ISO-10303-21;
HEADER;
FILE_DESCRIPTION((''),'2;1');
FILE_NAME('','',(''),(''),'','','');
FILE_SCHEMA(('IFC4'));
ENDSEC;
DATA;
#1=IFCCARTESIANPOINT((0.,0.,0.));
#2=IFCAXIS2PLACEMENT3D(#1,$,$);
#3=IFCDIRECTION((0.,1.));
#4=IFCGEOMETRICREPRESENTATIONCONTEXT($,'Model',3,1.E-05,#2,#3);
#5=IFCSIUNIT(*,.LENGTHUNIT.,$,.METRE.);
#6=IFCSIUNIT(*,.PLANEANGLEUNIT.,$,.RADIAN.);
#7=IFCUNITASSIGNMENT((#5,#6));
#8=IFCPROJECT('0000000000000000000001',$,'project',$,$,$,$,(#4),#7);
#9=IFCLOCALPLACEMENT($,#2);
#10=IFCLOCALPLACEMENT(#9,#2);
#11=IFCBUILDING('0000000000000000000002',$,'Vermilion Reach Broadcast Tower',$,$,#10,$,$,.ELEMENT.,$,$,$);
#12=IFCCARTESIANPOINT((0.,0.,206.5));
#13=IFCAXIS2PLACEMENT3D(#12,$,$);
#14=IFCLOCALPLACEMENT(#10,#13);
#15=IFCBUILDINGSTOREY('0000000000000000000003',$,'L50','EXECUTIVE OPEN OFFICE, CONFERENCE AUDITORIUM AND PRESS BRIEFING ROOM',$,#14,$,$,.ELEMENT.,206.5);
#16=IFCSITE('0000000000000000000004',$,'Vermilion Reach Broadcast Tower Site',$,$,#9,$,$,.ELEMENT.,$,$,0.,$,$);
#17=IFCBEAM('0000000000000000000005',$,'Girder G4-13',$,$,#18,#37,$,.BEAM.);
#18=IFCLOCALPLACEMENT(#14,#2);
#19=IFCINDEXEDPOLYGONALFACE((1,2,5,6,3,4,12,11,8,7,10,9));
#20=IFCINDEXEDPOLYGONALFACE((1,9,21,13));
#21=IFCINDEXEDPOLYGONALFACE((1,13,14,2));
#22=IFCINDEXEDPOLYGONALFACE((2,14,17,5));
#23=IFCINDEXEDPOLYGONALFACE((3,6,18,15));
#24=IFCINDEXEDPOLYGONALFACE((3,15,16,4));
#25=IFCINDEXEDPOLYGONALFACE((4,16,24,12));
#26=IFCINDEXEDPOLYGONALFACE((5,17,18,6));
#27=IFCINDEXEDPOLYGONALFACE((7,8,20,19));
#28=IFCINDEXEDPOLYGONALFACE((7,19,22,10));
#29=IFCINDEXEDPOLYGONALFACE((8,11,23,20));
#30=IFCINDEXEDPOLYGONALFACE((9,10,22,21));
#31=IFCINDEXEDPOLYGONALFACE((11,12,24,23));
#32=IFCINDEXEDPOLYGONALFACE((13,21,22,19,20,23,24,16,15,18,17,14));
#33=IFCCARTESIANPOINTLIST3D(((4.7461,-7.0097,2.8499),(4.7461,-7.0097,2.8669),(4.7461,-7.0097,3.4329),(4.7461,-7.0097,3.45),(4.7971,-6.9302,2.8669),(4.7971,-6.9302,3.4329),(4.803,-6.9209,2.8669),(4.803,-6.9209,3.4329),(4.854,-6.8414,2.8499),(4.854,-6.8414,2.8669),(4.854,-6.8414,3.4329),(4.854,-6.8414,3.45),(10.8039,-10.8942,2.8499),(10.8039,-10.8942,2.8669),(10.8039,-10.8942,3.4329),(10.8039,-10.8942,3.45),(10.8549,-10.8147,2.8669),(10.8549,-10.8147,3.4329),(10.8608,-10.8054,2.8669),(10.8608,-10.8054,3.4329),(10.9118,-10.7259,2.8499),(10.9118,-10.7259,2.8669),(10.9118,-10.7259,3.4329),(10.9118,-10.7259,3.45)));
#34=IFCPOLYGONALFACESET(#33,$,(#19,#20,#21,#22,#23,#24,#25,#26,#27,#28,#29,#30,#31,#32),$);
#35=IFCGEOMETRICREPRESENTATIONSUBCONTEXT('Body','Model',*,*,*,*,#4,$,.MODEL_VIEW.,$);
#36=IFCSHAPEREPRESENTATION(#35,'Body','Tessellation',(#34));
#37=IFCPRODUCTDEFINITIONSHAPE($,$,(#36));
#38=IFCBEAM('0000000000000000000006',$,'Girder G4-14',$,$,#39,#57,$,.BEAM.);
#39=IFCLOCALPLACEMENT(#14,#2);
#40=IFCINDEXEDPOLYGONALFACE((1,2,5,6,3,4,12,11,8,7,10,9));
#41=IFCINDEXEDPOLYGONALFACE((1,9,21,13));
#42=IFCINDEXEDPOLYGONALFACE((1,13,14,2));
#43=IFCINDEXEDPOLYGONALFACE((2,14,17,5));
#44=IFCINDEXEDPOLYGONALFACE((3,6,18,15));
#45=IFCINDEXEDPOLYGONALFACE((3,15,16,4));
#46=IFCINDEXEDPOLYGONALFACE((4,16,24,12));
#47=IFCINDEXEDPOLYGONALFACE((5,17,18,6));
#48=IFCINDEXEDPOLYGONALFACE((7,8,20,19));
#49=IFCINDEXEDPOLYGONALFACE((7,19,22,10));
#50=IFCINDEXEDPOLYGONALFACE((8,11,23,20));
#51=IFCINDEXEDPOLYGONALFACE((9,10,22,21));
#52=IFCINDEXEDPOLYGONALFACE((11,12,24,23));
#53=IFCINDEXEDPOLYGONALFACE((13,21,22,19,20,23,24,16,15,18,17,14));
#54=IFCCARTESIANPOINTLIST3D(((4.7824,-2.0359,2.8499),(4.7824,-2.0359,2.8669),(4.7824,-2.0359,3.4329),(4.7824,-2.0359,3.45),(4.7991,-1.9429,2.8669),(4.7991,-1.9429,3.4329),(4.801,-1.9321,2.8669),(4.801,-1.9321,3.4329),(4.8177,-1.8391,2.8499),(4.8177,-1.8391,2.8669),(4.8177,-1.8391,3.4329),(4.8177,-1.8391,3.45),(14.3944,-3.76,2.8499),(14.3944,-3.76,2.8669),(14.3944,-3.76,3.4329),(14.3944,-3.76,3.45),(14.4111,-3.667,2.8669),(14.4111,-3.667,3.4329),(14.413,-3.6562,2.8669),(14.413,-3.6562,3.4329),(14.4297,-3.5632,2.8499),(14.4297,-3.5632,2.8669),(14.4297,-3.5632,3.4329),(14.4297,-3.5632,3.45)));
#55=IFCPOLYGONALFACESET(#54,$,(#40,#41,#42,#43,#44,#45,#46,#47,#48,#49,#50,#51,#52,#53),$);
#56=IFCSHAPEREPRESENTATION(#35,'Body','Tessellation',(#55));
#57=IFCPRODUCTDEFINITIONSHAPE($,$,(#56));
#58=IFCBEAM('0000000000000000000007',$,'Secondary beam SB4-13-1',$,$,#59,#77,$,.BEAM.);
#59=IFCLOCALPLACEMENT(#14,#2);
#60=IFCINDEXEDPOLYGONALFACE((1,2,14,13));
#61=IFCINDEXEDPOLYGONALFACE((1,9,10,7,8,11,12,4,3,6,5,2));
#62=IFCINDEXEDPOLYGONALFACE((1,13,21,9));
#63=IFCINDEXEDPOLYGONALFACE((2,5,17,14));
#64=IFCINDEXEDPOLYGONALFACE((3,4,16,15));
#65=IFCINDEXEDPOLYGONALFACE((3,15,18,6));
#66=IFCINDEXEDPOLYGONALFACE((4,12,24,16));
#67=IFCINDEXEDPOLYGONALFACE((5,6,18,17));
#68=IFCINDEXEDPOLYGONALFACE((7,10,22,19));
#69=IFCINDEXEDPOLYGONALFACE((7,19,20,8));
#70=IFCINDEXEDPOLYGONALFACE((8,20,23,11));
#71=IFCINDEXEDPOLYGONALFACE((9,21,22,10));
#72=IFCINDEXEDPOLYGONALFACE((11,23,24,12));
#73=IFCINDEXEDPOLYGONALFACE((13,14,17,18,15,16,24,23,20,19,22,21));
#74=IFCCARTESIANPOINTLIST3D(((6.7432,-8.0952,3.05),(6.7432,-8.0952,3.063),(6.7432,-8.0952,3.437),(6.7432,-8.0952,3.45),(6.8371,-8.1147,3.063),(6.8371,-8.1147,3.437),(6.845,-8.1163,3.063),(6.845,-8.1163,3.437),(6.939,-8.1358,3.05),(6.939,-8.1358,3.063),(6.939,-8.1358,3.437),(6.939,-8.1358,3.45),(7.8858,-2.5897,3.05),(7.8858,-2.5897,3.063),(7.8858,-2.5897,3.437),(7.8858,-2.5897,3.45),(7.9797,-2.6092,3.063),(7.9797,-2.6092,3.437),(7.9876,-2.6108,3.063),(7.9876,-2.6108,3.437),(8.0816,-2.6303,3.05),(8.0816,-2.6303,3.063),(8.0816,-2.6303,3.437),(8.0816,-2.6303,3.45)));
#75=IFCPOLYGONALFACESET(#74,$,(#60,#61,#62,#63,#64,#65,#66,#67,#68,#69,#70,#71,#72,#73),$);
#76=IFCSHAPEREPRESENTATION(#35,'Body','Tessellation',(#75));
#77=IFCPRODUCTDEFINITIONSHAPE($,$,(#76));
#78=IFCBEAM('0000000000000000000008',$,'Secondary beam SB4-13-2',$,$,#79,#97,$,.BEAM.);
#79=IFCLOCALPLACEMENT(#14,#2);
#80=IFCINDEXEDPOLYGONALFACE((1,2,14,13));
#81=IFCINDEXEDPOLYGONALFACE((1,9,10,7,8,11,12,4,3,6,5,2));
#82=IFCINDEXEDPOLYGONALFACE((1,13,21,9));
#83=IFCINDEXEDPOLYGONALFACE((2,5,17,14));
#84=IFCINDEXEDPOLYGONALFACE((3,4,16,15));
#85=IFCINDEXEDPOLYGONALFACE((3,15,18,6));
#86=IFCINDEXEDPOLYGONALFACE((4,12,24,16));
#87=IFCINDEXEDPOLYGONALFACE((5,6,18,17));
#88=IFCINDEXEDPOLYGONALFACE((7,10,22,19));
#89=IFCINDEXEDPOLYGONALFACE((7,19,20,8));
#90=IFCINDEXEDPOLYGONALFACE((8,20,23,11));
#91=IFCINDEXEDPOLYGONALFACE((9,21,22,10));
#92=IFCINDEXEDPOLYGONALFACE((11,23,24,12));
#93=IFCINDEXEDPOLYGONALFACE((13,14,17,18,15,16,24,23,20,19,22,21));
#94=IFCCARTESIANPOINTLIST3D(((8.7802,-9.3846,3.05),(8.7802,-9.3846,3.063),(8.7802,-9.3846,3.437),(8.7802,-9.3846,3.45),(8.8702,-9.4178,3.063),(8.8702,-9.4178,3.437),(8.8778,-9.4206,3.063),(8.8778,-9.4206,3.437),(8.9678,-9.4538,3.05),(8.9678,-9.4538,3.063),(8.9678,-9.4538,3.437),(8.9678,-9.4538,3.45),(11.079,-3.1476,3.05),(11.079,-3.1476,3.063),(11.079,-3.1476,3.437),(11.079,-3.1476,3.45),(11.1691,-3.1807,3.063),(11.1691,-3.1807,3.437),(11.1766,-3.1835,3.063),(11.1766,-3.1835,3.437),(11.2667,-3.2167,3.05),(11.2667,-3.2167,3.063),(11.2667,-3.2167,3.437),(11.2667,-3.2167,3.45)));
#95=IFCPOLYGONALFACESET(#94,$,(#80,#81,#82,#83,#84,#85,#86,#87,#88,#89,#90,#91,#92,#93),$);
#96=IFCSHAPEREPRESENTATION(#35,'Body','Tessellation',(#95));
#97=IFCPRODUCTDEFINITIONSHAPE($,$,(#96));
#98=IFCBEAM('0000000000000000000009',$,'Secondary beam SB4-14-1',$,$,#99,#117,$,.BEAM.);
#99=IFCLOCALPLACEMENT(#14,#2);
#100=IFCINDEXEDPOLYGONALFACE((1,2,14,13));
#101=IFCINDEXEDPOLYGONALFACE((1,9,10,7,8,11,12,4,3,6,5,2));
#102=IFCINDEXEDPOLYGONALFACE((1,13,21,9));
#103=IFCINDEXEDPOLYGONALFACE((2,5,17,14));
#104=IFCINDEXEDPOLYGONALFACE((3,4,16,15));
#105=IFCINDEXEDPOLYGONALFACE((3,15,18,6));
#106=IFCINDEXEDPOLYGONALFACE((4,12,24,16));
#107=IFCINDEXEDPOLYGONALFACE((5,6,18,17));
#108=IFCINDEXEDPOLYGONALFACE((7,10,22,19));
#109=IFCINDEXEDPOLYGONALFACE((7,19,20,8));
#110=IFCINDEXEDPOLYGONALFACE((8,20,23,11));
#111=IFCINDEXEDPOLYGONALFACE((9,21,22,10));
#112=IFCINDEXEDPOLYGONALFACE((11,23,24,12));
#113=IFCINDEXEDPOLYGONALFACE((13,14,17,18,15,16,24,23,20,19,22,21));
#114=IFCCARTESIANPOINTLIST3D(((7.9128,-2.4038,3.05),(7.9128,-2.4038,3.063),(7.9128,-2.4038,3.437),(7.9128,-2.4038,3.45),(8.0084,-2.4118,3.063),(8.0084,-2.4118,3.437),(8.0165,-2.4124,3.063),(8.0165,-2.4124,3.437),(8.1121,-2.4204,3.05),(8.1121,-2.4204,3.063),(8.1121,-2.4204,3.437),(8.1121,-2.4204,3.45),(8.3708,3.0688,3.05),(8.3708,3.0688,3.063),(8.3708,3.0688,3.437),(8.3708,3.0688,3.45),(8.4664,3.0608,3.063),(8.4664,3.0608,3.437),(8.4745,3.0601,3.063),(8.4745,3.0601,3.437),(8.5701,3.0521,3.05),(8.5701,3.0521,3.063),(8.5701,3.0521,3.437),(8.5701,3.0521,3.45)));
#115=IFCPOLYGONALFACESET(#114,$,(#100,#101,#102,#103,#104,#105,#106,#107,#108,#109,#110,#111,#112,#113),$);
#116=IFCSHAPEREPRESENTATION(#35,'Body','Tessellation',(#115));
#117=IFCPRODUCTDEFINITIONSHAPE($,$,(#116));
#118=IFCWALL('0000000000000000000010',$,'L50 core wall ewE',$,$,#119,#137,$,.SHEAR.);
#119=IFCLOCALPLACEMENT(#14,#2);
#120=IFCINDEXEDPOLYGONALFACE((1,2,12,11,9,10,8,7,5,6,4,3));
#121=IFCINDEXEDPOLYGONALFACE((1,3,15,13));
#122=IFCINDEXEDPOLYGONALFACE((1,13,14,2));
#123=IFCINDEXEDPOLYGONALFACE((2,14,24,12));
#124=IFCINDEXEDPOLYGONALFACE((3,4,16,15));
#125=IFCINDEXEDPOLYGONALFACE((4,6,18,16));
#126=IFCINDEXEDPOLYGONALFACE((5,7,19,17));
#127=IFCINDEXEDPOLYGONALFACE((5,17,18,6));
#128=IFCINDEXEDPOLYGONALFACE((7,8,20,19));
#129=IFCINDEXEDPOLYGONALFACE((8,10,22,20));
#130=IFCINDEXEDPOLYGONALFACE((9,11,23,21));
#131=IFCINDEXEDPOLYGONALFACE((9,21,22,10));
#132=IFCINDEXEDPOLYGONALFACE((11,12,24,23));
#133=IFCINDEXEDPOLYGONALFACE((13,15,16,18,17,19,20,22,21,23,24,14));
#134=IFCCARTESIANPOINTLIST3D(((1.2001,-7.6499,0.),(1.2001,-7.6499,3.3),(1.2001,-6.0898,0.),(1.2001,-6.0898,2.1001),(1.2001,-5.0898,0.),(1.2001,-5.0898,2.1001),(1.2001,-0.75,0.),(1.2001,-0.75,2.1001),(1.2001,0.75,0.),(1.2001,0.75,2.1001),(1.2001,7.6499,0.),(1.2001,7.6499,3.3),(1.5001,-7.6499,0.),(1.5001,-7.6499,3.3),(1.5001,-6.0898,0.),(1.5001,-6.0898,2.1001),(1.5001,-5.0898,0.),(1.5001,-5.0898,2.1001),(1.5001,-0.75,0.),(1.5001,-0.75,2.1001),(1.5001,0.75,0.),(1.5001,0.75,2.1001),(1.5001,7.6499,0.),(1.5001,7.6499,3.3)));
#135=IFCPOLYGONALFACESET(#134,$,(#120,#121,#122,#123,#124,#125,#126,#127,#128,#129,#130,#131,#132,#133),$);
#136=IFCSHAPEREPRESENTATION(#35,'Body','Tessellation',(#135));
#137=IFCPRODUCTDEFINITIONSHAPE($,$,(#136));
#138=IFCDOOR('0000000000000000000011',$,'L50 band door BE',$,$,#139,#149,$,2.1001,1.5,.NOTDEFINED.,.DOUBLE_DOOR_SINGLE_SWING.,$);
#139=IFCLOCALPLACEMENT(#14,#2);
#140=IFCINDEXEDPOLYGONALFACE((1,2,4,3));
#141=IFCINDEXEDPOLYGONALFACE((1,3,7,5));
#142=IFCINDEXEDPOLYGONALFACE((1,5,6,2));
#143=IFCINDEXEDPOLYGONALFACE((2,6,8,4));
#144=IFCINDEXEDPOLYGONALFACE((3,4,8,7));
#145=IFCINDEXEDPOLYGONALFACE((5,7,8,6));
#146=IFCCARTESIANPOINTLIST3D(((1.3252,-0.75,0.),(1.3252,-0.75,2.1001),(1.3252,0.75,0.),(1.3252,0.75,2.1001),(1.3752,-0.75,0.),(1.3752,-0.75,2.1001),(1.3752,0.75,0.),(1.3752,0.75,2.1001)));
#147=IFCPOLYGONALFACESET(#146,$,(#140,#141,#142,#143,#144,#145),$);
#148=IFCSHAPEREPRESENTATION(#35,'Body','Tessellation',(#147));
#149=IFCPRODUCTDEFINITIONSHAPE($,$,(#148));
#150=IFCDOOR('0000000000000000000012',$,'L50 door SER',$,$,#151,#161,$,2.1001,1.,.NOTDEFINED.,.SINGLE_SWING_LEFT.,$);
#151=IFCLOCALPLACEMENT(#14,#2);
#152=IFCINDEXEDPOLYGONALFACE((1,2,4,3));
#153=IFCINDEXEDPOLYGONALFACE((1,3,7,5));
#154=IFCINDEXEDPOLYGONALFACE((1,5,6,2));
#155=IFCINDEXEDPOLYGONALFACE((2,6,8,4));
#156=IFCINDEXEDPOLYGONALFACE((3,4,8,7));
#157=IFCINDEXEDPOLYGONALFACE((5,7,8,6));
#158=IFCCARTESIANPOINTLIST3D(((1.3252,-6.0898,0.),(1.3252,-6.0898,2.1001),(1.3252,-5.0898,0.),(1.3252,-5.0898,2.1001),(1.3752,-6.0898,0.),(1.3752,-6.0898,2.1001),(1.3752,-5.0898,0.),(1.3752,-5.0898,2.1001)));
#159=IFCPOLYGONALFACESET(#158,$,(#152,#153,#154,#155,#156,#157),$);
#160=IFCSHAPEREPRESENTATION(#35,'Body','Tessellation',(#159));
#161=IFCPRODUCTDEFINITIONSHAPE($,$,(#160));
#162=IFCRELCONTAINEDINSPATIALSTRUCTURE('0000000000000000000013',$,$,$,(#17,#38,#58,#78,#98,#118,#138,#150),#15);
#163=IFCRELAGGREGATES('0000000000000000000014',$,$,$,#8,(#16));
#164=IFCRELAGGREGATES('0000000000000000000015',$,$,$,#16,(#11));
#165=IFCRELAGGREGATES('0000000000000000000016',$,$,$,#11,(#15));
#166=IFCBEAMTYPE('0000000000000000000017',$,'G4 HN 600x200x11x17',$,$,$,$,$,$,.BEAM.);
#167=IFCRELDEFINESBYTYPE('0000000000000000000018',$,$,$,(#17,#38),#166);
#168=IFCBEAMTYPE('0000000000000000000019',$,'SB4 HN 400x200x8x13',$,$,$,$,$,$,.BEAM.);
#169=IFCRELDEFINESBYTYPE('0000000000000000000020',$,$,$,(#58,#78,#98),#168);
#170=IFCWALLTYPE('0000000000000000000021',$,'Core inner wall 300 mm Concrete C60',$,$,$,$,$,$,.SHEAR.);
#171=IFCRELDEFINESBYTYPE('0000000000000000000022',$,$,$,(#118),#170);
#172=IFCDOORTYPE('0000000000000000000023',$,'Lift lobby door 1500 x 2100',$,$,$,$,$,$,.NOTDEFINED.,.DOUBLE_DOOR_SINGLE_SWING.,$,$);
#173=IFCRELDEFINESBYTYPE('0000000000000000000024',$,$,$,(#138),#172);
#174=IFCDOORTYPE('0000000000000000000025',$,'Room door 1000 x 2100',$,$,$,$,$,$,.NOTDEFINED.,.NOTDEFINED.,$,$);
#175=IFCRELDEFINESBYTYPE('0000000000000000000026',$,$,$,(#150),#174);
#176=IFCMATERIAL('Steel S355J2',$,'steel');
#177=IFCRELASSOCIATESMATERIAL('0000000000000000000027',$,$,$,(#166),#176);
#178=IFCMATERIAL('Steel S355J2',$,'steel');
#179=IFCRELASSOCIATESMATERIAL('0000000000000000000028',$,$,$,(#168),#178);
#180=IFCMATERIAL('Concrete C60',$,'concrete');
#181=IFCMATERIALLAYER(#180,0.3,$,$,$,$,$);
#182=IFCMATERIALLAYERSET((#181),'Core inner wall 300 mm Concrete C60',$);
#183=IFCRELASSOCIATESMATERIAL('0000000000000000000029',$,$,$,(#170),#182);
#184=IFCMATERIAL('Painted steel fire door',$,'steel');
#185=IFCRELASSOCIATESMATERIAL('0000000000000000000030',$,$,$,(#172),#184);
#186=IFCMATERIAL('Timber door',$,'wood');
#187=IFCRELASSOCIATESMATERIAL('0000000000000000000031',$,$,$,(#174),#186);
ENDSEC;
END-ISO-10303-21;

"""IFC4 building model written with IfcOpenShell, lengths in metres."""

from ifc_helpers import new_model, si_unit, direction, frame, frame_2d, origin, origin_2d, place, context, subcontext, project, spatial, rectangle, i_section, extrude, material, layer, layer_set, material_profile, profile_set, type_object, element, fill, save


model = new_model("IFC4")

# Units and contexts
model_context = context("Model", 3, precision=1e-05, world=origin(), true_north=direction((0.0, 1.0)))
body_context = subcontext(model_context, "Body", "Model", "MODEL_VIEW")
ifc_project = project(units=[si_unit("LENGTHUNIT", "METRE"), si_unit("PLANEANGLEUNIT", "RADIAN")], contexts=[model_context])

# Site, building, storey
site_placement = place(None, origin())
site = spatial("IfcSite", under=ifc_project, at=site_placement, Name="Vermilion Reach Broadcast Tower Site", CompositionType="ELEMENT", RefElevation=0.0)
building_placement = place(site_placement, origin())
building = spatial("IfcBuilding", under=site, at=building_placement, Name="Vermilion Reach Broadcast Tower", CompositionType="ELEMENT")
storey_placement = place(building_placement, frame((0.0, 0.0, 206.5)))
storey = spatial("IfcBuildingStorey", under=building, at=storey_placement, Name="L50", Description="EXECUTIVE OPEN OFFICE, CONFERENCE AUDITORIUM AND PRESS BRIEFING ROOM", CompositionType="ELEMENT", Elevation=206.5)

# Beams
ifc_material_1 = material(Name="Steel S355J2", Category="steel")
ifc_material_profile_1 = material_profile(ifc_material_1, i_section(OverallWidth=0.2, OverallDepth=0.6001, WebThickness=0.011, FlangeThickness=0.0171, at=origin_2d()), Name="S355J2 HN 600x200x11x17")
ifc_profile_set_1 = profile_set([ifc_material_profile_1], Name="Steel S355J2")
beam_type_1 = type_object("IfcBeamType", Name="G4 HN 600x200x11x17", PredefinedType="BEAM", material=ifc_profile_set_1)
beam_1_placement = place(storey_placement, frame((4.8, -6.9255, 3.1499), z_axis=(0.841799, -0.539792, 0.0), x_axis=(0.539792, 0.841799, 0.0)))
element("IfcBeam", 1, at=beam_1_placement, inside=storey, type_object=beam_type_1, Name="Girder G4-13", PredefinedType="BEAM", context=body_context, shape_type="SweptSolid", body=[
    extrude(i_section(OverallWidth=0.2, OverallDepth=0.6001, WebThickness=0.011, FlangeThickness=0.0171, at=origin_2d()), origin(), (0.0, 0.0, 1.0), 7.1963),
])
beam_2_placement = place(storey_placement, frame((4.8, -1.9375, 3.1499), z_axis=(0.984291, -0.176553, 0.0), x_axis=(0.176553, 0.984291, 0.0)))
element("IfcBeam", 2, at=beam_2_placement, inside=storey, type_object=beam_type_1, Name="Girder G4-14", PredefinedType="BEAM", context=body_context, shape_type="SweptSolid", body=[
    extrude(i_section(OverallWidth=0.2, OverallDepth=0.6001, WebThickness=0.011, FlangeThickness=0.0171, at=origin_2d()), origin(), (0.0, 0.0, 1.0), 9.7654),
])
ifc_material_2 = material(Name="Steel S355J2", Category="steel")
ifc_material_profile_2 = material_profile(ifc_material_2, i_section(OverallWidth=0.2, OverallDepth=0.3999, WebThickness=0.0081, FlangeThickness=0.0129, at=origin_2d()), Name="S355J2 HN 400x200x8x13")
ifc_profile_set_2 = profile_set([ifc_material_profile_2], Name="Steel S355J2")
beam_type_2 = type_object("IfcBeamType", Name="SB4 HN 400x200x8x13", PredefinedType="BEAM", material=ifc_profile_set_2)
beam_3_placement = place(storey_placement, frame((6.8411, -8.1155, 3.25), z_axis=(0.203209, 0.979135, 0.0), x_axis=(-0.979135, 0.203209, 0.0)))
element("IfcBeam", 3, at=beam_3_placement, inside=storey, type_object=beam_type_2, Name="Secondary beam SB4-13-1", PredefinedType="BEAM", context=body_context, shape_type="SweptSolid", body=[
    extrude(i_section(OverallWidth=0.2, OverallDepth=0.3999, WebThickness=0.0081, FlangeThickness=0.0129, at=origin_2d()), origin(), (0.0, 0.0, 1.0), 5.6228),
])
beam_4_placement = place(storey_placement, frame((8.874, -9.4192, 3.25), z_axis=(0.345833, 0.938296, 0.0), x_axis=(-0.938296, 0.345833, 0.0)))
element("IfcBeam", 4, at=beam_4_placement, inside=storey, type_object=beam_type_2, Name="Secondary beam SB4-13-2", PredefinedType="BEAM", context=body_context, shape_type="SweptSolid", body=[
    extrude(i_section(OverallWidth=0.2, OverallDepth=0.3999, WebThickness=0.0081, FlangeThickness=0.0129, at=origin_2d()), origin(), (0.0, 0.0, 1.0), 6.6472),
])
beam_5_placement = place(storey_placement, frame((8.0125, -2.4121, 3.25), z_axis=(0.083399, 0.996516, 0.0), x_axis=(-0.996516, 0.083399, 0.0)))
element("IfcBeam", 5, at=beam_5_placement, inside=storey, type_object=beam_type_2, Name="Secondary beam SB4-14-1", PredefinedType="BEAM", context=body_context, shape_type="SweptSolid", body=[
    extrude(i_section(OverallWidth=0.2, OverallDepth=0.3999, WebThickness=0.0081, FlangeThickness=0.0129, at=origin_2d()), origin(), (0.0, 0.0, 1.0), 5.4917),
])

# Wall, openings, doors
ifc_material_3 = material(Name="Concrete C60", Category="concrete")
ifc_layer_1 = layer(ifc_material_3, 0.3)
ifc_layer_set_1 = layer_set([ifc_layer_1], Name="Core inner wall 300 mm Concrete C60")
wall_type_1 = type_object("IfcWallType", Name="Core inner wall 300 mm Concrete C60", PredefinedType="SHEAR", material=ifc_layer_set_1)
wall_1_placement = place(storey_placement, frame((1.3501, -7.6499, 0.0), z_axis=(0.0, 0.0, 1.0), x_axis=(0.0, 1.0, 0.0)))
wall_1 = element("IfcWall", 6, at=wall_1_placement, inside=storey, type_object=wall_type_1, Name="L50 core wall ewE", PredefinedType="SHEAR", context=body_context, shape_type="SweptSolid", body=[
    extrude(rectangle(XDim=15.2998, YDim=0.3, at=frame_2d((7.6499, 0.0))), origin(), (0.0, 0.0, 1.0), 3.3),
])
opening_1_placement = place(wall_1_placement, frame((1.5601, 0.0, 0.0)))
opening_1 = element("IfcOpeningElement", 7, at=opening_1_placement, cuts=wall_1, PredefinedType="OPENING", context=body_context, shape_type="SweptSolid", body=[
    extrude(rectangle(XDim=1.0, YDim=2.1001, at=frame_2d((0.5, 1.05))), frame((0.0, 0.1599, 0.0), z_axis=(0.0, -1.0, 0.0), x_axis=(1.0, 0.0, 0.0)), (0.0, 0.0, 1.0), 0.3201),
])
opening_2_placement = place(wall_1_placement, frame((6.8999, 0.0, 0.0)))
opening_2 = element("IfcOpeningElement", 8, at=opening_2_placement, cuts=wall_1, PredefinedType="OPENING", context=body_context, shape_type="SweptSolid", body=[
    extrude(rectangle(XDim=1.5, YDim=2.1001, at=frame_2d((0.75, 1.05))), frame((0.0, 0.1599, 0.0), z_axis=(0.0, -1.0, 0.0), x_axis=(1.0, 0.0, 0.0)), (0.0, 0.0, 1.0), 0.3201),
])
ifc_material_4 = material(Name="Painted steel fire door", Category="steel")
door_type_1 = type_object("IfcDoorType", Name="Lift lobby door 1500 x 2100", OperationType="DOUBLE_DOOR_SINGLE_SWING", PredefinedType="NOTDEFINED", material=ifc_material_4)
door_1_placement = place(opening_2_placement, origin())
door_1 = element("IfcDoor", 9, at=door_1_placement, inside=storey, type_object=door_type_1, Name="L50 band door BE", OperationType="DOUBLE_DOOR_SINGLE_SWING", OverallHeight=2.1001, OverallWidth=1.5, PredefinedType="NOTDEFINED", context=body_context, shape_type="SweptSolid", body=[
    extrude(rectangle(XDim=1.5, YDim=2.1001, at=frame_2d((0.75, 1.05))), frame((0.0, 0.0249, 0.0), z_axis=(0.0, -1.0, 0.0), x_axis=(1.0, 0.0, 0.0)), (0.0, 0.0, 1.0), 0.05),
])
fill(opening_2, door_1)
ifc_material_5 = material(Name="Timber door", Category="wood")
door_type_2 = type_object("IfcDoorType", Name="Room door 1000 x 2100", OperationType="NOTDEFINED", PredefinedType="NOTDEFINED", material=ifc_material_5)
door_2_placement = place(opening_1_placement, origin())
door_2 = element("IfcDoor", 10, at=door_2_placement, inside=storey, type_object=door_type_2, Name="L50 door SER", OperationType="SINGLE_SWING_LEFT", OverallHeight=2.1001, OverallWidth=1.0, PredefinedType="NOTDEFINED", context=body_context, shape_type="SweptSolid", body=[
    extrude(rectangle(XDim=1.0, YDim=2.1001, at=frame_2d((0.5, 1.05))), frame((0.0, 0.0249, 0.0), z_axis=(0.0, -1.0, 0.0), x_axis=(1.0, 0.0, 0.0)), (0.0, 0.0, 1.0), 0.05),
])
fill(opening_1, door_2)

save(model, "model.ifc")
